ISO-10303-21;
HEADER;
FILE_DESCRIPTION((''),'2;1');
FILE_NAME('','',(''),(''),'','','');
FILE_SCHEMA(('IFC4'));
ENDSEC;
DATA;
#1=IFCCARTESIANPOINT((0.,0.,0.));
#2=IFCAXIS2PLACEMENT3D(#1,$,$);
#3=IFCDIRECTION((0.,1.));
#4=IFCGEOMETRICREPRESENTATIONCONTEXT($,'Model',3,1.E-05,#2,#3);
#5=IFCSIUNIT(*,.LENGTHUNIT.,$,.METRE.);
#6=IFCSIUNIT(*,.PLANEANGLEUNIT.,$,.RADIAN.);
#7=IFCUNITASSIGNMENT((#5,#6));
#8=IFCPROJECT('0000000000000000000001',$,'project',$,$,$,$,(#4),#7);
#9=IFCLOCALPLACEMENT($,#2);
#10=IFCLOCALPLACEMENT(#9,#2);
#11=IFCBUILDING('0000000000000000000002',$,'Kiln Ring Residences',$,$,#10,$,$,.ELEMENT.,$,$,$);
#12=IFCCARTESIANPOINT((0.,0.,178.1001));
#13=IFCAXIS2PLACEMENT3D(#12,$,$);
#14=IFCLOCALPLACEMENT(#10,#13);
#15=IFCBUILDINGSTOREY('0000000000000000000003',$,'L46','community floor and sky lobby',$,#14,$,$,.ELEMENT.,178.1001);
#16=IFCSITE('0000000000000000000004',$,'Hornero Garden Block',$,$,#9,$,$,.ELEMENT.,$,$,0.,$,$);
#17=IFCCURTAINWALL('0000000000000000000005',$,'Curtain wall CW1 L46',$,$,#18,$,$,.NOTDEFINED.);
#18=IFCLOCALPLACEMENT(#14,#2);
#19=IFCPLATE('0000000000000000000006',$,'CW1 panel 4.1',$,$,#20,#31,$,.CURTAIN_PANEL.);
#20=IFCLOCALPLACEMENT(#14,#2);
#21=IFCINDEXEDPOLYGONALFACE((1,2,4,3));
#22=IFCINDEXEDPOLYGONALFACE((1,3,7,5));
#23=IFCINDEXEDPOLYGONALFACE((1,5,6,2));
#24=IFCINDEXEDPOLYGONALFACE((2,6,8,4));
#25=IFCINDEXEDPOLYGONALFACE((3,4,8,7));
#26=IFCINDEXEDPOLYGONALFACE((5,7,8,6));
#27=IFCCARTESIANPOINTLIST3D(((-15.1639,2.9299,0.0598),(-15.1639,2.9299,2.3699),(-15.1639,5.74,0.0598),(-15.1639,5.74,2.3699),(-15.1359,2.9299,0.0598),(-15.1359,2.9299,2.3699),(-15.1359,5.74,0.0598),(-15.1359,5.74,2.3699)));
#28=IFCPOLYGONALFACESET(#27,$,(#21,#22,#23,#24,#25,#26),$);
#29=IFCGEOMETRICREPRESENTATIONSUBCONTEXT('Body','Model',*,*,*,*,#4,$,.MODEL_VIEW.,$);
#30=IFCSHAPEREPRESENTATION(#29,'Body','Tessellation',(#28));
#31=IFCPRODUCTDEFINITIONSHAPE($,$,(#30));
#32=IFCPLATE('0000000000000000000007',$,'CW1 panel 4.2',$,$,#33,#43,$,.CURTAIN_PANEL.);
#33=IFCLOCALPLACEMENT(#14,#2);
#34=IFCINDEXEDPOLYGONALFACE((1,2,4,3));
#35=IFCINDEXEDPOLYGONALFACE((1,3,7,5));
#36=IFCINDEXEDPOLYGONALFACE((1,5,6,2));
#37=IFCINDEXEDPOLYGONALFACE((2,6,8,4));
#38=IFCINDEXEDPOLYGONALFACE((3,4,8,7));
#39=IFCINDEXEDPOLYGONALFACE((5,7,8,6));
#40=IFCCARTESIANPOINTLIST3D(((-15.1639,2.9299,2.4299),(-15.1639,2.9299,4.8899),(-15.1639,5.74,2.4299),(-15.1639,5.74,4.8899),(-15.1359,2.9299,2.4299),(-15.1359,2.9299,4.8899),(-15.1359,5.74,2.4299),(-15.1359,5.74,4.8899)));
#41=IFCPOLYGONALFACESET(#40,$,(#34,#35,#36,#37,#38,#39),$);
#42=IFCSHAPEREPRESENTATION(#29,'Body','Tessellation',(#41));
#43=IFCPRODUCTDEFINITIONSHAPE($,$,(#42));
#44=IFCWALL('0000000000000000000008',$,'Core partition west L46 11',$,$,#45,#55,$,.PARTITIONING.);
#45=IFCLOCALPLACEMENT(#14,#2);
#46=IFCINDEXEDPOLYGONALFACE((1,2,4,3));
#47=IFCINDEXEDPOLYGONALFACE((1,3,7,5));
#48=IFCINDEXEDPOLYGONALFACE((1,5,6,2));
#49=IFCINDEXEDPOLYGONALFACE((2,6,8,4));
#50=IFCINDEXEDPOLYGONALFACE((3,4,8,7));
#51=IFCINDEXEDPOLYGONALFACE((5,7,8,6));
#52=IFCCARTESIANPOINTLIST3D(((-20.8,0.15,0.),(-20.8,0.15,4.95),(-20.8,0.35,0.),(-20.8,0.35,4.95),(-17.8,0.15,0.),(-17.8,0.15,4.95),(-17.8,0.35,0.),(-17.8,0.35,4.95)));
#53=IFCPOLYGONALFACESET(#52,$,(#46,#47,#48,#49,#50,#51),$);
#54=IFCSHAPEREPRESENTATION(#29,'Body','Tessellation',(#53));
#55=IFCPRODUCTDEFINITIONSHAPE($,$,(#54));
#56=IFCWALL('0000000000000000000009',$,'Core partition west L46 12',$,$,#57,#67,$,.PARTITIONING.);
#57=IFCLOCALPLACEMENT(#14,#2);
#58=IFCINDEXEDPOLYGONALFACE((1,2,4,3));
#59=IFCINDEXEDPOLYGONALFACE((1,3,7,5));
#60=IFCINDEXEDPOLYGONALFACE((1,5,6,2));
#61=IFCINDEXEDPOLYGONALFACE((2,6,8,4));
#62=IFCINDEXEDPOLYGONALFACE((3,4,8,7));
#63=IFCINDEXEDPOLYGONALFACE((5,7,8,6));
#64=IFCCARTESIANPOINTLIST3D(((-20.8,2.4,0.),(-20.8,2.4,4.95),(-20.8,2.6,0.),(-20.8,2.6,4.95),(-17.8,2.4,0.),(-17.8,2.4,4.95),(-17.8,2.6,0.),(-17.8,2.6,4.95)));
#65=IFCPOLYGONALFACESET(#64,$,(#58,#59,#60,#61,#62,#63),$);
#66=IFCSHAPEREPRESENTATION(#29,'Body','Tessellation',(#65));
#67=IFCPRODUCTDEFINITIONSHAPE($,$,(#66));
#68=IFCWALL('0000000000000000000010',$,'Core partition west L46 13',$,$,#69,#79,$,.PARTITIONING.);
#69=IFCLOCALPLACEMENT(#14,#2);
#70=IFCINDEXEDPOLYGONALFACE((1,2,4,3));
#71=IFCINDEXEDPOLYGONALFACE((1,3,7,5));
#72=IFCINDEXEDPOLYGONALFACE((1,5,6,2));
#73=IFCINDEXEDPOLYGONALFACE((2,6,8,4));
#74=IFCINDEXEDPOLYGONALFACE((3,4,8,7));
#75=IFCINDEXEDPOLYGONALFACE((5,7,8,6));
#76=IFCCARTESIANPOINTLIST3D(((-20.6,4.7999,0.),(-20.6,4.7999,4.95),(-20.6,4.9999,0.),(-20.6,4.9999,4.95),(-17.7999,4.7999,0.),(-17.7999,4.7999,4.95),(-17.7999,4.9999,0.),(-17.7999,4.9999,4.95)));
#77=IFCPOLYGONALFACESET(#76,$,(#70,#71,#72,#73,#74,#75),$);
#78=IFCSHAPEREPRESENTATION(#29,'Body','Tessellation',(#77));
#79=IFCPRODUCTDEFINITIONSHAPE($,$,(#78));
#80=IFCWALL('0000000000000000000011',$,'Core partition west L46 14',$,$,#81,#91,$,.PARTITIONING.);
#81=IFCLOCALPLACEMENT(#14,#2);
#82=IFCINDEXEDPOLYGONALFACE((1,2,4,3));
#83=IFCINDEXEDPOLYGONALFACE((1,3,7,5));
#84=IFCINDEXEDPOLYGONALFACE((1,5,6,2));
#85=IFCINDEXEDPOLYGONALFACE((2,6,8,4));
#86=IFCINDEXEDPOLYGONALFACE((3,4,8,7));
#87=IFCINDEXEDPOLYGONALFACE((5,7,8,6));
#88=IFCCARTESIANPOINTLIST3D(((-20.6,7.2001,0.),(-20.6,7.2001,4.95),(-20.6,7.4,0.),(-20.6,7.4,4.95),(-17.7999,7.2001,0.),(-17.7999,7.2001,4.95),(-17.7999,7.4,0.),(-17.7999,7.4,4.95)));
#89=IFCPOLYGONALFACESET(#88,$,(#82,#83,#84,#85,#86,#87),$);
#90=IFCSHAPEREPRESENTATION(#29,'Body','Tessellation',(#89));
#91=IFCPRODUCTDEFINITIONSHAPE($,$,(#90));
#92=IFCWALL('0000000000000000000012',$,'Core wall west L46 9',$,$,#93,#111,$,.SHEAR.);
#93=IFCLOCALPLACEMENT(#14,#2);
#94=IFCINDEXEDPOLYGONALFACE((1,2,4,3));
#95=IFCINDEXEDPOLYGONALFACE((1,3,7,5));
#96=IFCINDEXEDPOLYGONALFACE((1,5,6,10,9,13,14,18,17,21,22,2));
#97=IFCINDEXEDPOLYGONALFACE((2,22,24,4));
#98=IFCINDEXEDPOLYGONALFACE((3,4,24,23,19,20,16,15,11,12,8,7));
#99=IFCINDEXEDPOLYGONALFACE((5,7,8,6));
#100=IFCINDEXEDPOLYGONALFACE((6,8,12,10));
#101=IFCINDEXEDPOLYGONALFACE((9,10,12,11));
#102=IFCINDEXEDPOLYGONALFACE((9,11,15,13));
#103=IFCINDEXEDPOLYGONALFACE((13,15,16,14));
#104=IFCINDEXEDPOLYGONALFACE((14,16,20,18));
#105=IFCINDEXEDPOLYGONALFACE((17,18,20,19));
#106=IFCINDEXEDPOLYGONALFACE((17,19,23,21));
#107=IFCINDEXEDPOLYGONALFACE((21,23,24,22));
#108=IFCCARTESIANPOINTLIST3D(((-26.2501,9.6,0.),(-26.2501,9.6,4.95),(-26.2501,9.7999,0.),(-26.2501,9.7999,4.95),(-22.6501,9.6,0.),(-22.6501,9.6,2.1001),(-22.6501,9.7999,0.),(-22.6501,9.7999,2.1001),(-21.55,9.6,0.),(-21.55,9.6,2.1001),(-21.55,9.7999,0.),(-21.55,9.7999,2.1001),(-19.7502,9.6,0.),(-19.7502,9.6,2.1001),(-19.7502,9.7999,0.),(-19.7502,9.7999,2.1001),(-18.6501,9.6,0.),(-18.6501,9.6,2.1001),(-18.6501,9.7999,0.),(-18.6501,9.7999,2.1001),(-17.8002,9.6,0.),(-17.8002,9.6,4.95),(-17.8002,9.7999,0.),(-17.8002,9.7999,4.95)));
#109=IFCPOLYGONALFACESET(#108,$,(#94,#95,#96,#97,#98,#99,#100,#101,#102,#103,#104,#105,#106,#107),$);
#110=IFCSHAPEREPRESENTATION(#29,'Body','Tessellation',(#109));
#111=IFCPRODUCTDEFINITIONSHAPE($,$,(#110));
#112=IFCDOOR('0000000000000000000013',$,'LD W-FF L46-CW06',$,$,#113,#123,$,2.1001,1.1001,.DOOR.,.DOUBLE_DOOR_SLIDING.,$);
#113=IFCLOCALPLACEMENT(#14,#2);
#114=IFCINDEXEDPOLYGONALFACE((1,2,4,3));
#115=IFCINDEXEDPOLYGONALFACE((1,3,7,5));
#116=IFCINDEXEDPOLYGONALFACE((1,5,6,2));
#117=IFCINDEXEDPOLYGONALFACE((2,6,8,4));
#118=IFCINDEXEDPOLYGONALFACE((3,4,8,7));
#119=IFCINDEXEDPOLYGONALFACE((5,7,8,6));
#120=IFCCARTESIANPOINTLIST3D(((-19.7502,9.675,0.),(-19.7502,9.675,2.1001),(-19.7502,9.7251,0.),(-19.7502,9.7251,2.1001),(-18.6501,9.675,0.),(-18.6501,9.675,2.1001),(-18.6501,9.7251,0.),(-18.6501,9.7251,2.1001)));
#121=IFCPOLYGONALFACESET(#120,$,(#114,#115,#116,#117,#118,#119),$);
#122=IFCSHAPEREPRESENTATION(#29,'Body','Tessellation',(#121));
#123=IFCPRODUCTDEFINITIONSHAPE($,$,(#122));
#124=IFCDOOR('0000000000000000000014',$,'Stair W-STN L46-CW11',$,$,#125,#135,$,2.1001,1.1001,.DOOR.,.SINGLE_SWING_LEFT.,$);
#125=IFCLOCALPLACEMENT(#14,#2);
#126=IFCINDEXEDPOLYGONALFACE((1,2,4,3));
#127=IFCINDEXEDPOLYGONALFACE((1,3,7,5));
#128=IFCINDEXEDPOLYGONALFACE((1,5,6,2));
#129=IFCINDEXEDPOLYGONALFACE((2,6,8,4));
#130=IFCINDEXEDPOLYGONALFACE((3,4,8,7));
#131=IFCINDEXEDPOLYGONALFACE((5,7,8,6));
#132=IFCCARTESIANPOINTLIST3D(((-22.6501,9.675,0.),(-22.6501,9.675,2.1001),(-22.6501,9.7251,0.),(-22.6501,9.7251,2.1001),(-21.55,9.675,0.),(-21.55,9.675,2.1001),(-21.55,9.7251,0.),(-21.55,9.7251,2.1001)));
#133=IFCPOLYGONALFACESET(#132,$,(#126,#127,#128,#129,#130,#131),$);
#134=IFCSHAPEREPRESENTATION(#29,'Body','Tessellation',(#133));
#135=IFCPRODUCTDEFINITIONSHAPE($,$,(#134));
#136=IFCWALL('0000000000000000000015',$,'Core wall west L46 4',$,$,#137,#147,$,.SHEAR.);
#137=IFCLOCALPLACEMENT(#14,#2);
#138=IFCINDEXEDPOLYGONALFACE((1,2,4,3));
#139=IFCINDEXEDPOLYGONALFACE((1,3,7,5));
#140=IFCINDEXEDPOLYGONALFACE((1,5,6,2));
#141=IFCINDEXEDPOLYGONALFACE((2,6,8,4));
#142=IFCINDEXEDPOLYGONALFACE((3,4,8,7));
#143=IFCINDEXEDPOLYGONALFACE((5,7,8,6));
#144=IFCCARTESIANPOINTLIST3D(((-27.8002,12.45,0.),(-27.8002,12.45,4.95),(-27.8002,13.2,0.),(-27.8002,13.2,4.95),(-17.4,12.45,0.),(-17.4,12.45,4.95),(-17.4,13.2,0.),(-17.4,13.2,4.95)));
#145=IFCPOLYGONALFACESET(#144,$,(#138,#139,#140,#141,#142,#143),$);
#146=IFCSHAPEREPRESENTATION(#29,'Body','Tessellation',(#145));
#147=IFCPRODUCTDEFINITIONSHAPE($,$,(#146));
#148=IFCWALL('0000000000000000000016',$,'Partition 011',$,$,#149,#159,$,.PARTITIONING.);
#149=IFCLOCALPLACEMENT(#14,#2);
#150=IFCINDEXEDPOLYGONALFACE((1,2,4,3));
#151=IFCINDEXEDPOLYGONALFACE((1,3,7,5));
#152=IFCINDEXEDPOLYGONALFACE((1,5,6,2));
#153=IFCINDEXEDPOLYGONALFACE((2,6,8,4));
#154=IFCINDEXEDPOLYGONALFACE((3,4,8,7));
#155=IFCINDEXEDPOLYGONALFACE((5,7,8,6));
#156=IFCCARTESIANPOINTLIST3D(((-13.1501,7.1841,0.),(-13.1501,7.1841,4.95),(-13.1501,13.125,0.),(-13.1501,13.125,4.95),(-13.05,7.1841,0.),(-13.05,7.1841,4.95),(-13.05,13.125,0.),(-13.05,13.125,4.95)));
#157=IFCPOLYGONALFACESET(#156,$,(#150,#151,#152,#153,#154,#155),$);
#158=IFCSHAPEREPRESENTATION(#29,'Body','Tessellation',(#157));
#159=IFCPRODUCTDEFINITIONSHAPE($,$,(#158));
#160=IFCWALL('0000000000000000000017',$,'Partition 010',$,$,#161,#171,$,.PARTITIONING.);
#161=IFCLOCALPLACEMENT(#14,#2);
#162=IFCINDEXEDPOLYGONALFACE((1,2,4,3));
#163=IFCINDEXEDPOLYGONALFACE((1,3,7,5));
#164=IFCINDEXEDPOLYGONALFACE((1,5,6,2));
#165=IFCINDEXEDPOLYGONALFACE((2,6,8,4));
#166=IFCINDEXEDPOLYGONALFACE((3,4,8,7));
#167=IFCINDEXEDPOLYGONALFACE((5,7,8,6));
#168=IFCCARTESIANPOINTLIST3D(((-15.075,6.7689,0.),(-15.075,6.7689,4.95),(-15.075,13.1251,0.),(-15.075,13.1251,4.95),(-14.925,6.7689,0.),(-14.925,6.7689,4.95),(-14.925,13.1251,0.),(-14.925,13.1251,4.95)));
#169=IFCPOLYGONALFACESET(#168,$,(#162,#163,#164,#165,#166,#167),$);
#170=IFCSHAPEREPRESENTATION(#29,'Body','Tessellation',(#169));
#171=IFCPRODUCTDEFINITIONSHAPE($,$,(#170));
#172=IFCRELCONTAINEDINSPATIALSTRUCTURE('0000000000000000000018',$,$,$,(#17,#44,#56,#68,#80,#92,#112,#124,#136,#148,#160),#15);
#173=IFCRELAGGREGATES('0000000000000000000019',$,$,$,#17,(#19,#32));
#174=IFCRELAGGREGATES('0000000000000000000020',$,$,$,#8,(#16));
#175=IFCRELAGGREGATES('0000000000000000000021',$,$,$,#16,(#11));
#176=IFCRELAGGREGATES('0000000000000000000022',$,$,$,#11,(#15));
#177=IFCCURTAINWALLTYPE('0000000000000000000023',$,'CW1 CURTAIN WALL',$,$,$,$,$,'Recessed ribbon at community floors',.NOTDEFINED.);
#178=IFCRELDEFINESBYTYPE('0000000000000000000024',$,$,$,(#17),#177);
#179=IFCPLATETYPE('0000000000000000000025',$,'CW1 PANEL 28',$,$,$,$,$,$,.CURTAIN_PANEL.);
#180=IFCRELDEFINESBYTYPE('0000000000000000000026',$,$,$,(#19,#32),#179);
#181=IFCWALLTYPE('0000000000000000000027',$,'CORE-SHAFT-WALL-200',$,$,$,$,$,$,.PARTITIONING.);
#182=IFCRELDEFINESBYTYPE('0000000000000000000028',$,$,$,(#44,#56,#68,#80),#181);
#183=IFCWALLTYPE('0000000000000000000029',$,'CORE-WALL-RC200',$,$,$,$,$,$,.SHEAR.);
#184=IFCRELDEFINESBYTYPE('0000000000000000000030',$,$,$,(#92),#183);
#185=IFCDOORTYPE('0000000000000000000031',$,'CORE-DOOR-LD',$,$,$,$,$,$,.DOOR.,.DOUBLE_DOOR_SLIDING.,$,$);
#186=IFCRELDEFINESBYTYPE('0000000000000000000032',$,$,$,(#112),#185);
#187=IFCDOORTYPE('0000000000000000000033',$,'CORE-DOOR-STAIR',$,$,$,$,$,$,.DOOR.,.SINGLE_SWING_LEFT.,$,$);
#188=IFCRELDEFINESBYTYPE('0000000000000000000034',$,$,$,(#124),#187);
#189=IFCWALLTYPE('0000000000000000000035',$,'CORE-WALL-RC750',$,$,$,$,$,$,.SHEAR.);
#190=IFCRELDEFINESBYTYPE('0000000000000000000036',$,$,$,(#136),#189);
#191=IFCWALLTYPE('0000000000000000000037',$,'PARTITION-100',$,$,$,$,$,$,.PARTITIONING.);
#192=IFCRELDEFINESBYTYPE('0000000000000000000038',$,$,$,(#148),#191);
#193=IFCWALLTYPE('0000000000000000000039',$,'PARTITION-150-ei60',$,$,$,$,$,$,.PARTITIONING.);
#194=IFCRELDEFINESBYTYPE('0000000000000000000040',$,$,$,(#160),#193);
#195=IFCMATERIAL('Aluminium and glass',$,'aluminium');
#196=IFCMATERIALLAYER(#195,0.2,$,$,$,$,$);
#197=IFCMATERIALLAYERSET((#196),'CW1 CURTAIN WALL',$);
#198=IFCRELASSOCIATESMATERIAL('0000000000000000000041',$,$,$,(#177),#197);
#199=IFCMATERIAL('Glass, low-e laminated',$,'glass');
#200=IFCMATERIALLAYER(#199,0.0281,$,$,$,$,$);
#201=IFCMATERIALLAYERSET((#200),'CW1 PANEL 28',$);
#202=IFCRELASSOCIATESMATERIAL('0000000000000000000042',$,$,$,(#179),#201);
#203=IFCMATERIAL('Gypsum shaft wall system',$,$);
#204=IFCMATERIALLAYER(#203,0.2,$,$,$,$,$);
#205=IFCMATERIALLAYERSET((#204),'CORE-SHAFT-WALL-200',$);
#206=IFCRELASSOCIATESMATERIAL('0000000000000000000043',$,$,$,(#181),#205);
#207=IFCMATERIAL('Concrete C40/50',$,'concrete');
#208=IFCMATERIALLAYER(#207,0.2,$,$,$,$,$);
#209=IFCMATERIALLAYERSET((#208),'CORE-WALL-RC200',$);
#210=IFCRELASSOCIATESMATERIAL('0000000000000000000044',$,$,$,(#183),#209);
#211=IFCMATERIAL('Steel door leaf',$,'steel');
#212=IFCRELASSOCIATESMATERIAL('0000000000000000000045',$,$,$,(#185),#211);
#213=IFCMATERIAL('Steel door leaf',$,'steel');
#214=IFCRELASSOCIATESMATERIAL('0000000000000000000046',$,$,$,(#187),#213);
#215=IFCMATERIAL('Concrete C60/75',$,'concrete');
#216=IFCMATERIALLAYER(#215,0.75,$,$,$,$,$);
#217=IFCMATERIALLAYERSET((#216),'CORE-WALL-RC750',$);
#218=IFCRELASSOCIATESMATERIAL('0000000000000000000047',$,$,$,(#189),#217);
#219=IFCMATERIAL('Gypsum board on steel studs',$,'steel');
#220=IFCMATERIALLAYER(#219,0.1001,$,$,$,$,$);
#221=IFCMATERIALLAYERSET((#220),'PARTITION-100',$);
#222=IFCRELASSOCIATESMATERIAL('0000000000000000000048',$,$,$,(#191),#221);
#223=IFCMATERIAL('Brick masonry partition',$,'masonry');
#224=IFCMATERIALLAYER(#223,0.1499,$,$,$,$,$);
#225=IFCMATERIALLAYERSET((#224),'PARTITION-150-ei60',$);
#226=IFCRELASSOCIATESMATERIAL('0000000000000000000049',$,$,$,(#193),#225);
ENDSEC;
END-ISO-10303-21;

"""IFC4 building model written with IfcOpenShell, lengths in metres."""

from ifc_helpers import new_model, si_unit, direction, frame, frame_2d, origin, origin_2d, place, context, subcontext, project, spatial, rectangle, extrude, material, layer, layer_set, type_object, element, fill, aggregate, save


model = new_model("IFC4")

# Units and contexts
model_context = context("Model", 3, precision=1e-05, world=origin(), true_north=direction((0.0, 1.0)))
body_context = subcontext(model_context, "Body", "Model", "MODEL_VIEW")
ifc_project = project(units=[si_unit("LENGTHUNIT", "METRE"), si_unit("PLANEANGLEUNIT", "RADIAN")], contexts=[model_context])

# Site, building, storey
site_placement = place(None, origin())
site = spatial("IfcSite", under=ifc_project, at=site_placement, Name="Hornero Garden Block", CompositionType="ELEMENT", RefElevation=0.0)
building_placement = place(site_placement, origin())
building = spatial("IfcBuilding", under=site, at=building_placement, Name="Kiln Ring Residences", CompositionType="ELEMENT")
storey_placement = place(building_placement, frame((0.0, 0.0, 178.1001)))
storey = spatial("IfcBuildingStorey", under=building, at=storey_placement, Name="L46", Description="community floor and sky lobby", CompositionType="ELEMENT", Elevation=178.1001)

# Curtain wall
ifc_material_1 = material(Name="Aluminium and glass", Category="aluminium")
ifc_layer_1 = layer(ifc_material_1, 0.2)
ifc_layer_set_1 = layer_set([ifc_layer_1], Name="CW1 CURTAIN WALL")
curtain_wall_type = type_object("IfcCurtainWallType", Name="CW1 CURTAIN WALL", ElementType="Recessed ribbon at community floors", PredefinedType="NOTDEFINED", material=ifc_layer_set_1)
placement = place(storey_placement, origin())
curtain_wall_1 = element("IfcCurtainWall", 1, at=placement, inside=storey, type_object=curtain_wall_type, Name="Curtain wall CW1 L46", PredefinedType="NOTDEFINED")

# Plates
ifc_material_2 = material(Name="Glass, low-e laminated", Category="glass")
ifc_layer_2 = layer(ifc_material_2, 0.0281)
ifc_layer_set_2 = layer_set([ifc_layer_2], Name="CW1 PANEL 28")
plate_type = type_object("IfcPlateType", Name="CW1 PANEL 28", PredefinedType="CURTAIN_PANEL", material=ifc_layer_set_2)
plate_1_placement = place(storey_placement, frame((-15.1499, 4.335, 0.0598), z_axis=(0.0, 0.0, 1.0), x_axis=(0.0, 1.0, 0.0)))
plate_1 = element("IfcPlate", 2, at=plate_1_placement, type_object=plate_type, Name="CW1 panel 4.1", PredefinedType="CURTAIN_PANEL", context=body_context, shape_type="SweptSolid", body=[
    extrude(rectangle(XDim=2.8101, YDim=0.0281, at=origin_2d()), origin(), (0.0, 0.0, 1.0), 2.3101),
])
plate_2_placement = place(storey_placement, frame((-15.1499, 4.335, 2.4299), z_axis=(0.0, 0.0, 1.0), x_axis=(0.0, 1.0, 0.0)))
plate_2 = element("IfcPlate", 3, at=plate_2_placement, type_object=plate_type, Name="CW1 panel 4.2", PredefinedType="CURTAIN_PANEL", context=body_context, shape_type="SweptSolid", body=[
    extrude(rectangle(XDim=2.8101, YDim=0.0281, at=origin_2d()), origin(), (0.0, 0.0, 1.0), 2.46),
])
aggregate(curtain_wall_1, [plate_1, plate_2])

# Walls
ifc_material_3 = material(Name="Gypsum shaft wall system")
ifc_layer_3 = layer(ifc_material_3, 0.2)
ifc_layer_set_3 = layer_set([ifc_layer_3], Name="CORE-SHAFT-WALL-200")
wall_type_1 = type_object("IfcWallType", Name="CORE-SHAFT-WALL-200", PredefinedType="PARTITIONING", material=ifc_layer_set_3)
for number, where, z_axis, x_axis, name in (
    (4, (-17.8, 0.25, 0.0), (0.0, 0.0, 1.0), (-1.0, 0.0, 0.0), "Core partition west L46 11"),
    (5, (-17.8, 2.5, 0.0), (0.0, 0.0, 1.0), (-1.0, 0.0, 0.0), "Core partition west L46 12"),
):
    element("IfcWall", number, at=place(storey_placement, frame(where, z_axis=z_axis, x_axis=x_axis)), inside=storey, type_object=wall_type_1, Name=name, PredefinedType="PARTITIONING", context=body_context, shape_type="SweptSolid", body=[
        extrude(rectangle(XDim=3.0, YDim=0.2, at=frame_2d((1.5, 0.0))), origin(), (0.0, 0.0, 1.0), 4.95),
    ])
for number, where, z_axis, x_axis, name in (
    (6, (-17.8, 4.8999, 0.0), (0.0, 0.0, 1.0), (-1.0, 0.0, 0.0), "Core partition west L46 13"),
    (7, (-17.8, 7.3, 0.0), (0.0, 0.0, 1.0), (-1.0, 0.0, 0.0), "Core partition west L46 14"),
):
    element("IfcWall", number, at=place(storey_placement, frame(where, z_axis=z_axis, x_axis=x_axis)), inside=storey, type_object=wall_type_1, Name=name, PredefinedType="PARTITIONING", context=body_context, shape_type="SweptSolid", body=[
        extrude(rectangle(XDim=2.8, YDim=0.2, at=frame_2d((1.3999, 0.0))), origin(), (0.0, 0.0, 1.0), 4.95),
    ])

# Wall, openings, doors
ifc_material_4 = material(Name="Concrete C40/50", Category="concrete")
ifc_layer_4 = layer(ifc_material_4, 0.2)
ifc_layer_set_4 = layer_set([ifc_layer_4], Name="CORE-WALL-RC200")
wall_type_2 = type_object("IfcWallType", Name="CORE-WALL-RC200", PredefinedType="SHEAR", material=ifc_layer_set_4)
wall_1_placement = place(storey_placement, frame((-17.8, 9.7, 0.0), z_axis=(0.0, 0.0, 1.0), x_axis=(-1.0, 0.0, 0.0)))
wall_1 = element("IfcWall", 8, at=wall_1_placement, inside=storey, type_object=wall_type_2, Name="Core wall west L46 9", PredefinedType="SHEAR", context=body_context, shape_type="SweptSolid", body=[
    extrude(rectangle(XDim=8.45, YDim=0.2, at=frame_2d((4.2251, 0.0))), origin(), (0.0, 0.0, 1.0), 4.95),
])
opening_1_placement = place(wall_1_placement, frame((0.8501, 0.0, 0.0)))
opening_1 = element("IfcOpeningElement", 9, at=opening_1_placement, cuts=wall_1, PredefinedType="OPENING", context=body_context, shape_type="SweptSolid", body=[
    extrude(rectangle(XDim=1.1001, YDim=2.1001, at=frame_2d((0.55, 1.05))), frame((0.0, 0.1099, 0.0), z_axis=(0.0, -1.0, 0.0), x_axis=(1.0, 0.0, 0.0)), (0.0, 0.0, 1.0), 0.22),
])
opening_2_placement = place(wall_1_placement, frame((3.75, 0.0, 0.0)))
opening_2 = element("IfcOpeningElement", 10, at=opening_2_placement, cuts=wall_1, PredefinedType="OPENING", context=body_context, shape_type="SweptSolid", body=[
    extrude(rectangle(XDim=1.1001, YDim=2.1001, at=frame_2d((0.55, 1.05))), frame((0.0, 0.1099, 0.0), z_axis=(0.0, -1.0, 0.0), x_axis=(1.0, 0.0, 0.0)), (0.0, 0.0, 1.0), 0.22),
])
ifc_material_5 = material(Name="Steel door leaf", Category="steel")
door_type_1 = type_object("IfcDoorType", Name="CORE-DOOR-LD", OperationType="DOUBLE_DOOR_SLIDING", PredefinedType="DOOR", material=ifc_material_5)
door_1_placement = place(opening_1_placement, origin())
door_1 = element("IfcDoor", 11, at=door_1_placement, inside=storey, type_object=door_type_1, Name="LD W-FF L46-CW06", OperationType="DOUBLE_DOOR_SLIDING", OverallHeight=2.1001, OverallWidth=1.1001, PredefinedType="DOOR", context=body_context, shape_type="SweptSolid", body=[
    extrude(rectangle(XDim=1.1001, YDim=2.1001, at=frame_2d((0.55, 1.05))), frame((0.0, 0.0249, 0.0), z_axis=(0.0, -1.0, 0.0), x_axis=(1.0, 0.0, 0.0)), (0.0, 0.0, 1.0), 0.05),
])
fill(opening_1, door_1)
ifc_material_6 = material(Name="Steel door leaf", Category="steel")
door_type_2 = type_object("IfcDoorType", Name="CORE-DOOR-STAIR", OperationType="SINGLE_SWING_LEFT", PredefinedType="DOOR", material=ifc_material_6)
door_2_placement = place(opening_2_placement, origin())
door_2 = element("IfcDoor", 12, at=door_2_placement, inside=storey, type_object=door_type_2, Name="Stair W-STN L46-CW11", OperationType="SINGLE_SWING_LEFT", OverallHeight=2.1001, OverallWidth=1.1001, PredefinedType="DOOR", context=body_context, shape_type="SweptSolid", body=[
    extrude(rectangle(XDim=1.1001, YDim=2.1001, at=frame_2d((0.55, 1.05))), frame((0.0, 0.0249, 0.0), z_axis=(0.0, -1.0, 0.0), x_axis=(1.0, 0.0, 0.0)), (0.0, 0.0, 1.0), 0.05),
])
fill(opening_2, door_2)

# Walls
ifc_material_7 = material(Name="Concrete C60/75", Category="concrete")
ifc_layer_5 = layer(ifc_material_7, 0.75)
ifc_layer_set_5 = layer_set([ifc_layer_5], Name="CORE-WALL-RC750")
wall_type_3 = type_object("IfcWallType", Name="CORE-WALL-RC750", PredefinedType="SHEAR", material=ifc_layer_set_5)
wall_2_placement = place(storey_placement, frame((-17.3999, 12.825, 0.0), z_axis=(0.0, 0.0, 1.0), x_axis=(-1.0, 0.0, 0.0)))
element("IfcWall", 13, at=wall_2_placement, inside=storey, type_object=wall_type_3, Name="Core wall west L46 4", PredefinedType="SHEAR", context=body_context, shape_type="SweptSolid", body=[
    extrude(rectangle(XDim=10.4001, YDim=0.75, at=frame_2d((5.2002, 0.0))), origin(), (0.0, 0.0, 1.0), 4.95),
])
ifc_material_8 = material(Name="Gypsum board on steel studs", Category="steel")
ifc_layer_6 = layer(ifc_material_8, 0.1001)
ifc_layer_set_6 = layer_set([ifc_layer_6], Name="PARTITION-100")
wall_type_4 = type_object("IfcWallType", Name="PARTITION-100", PredefinedType="PARTITIONING", material=ifc_layer_set_6)
wall_3_placement = place(storey_placement, frame((-13.1001, 7.1841, 0.0), z_axis=(0.0, 0.0, 1.0), x_axis=(0.0, 1.0, 0.0)))
element("IfcWall", 14, at=wall_3_placement, inside=storey, type_object=wall_type_4, Name="Partition 011", PredefinedType="PARTITIONING", context=body_context, shape_type="SweptSolid", body=[
    extrude(rectangle(XDim=5.9409, YDim=0.1001, at=frame_2d((2.9705, 0.0))), origin(), (0.0, 0.0, 1.0), 4.95),
])
ifc_material_9 = material(Name="Brick masonry partition", Category="masonry")
ifc_layer_7 = layer(ifc_material_9, 0.1499)
ifc_layer_set_7 = layer_set([ifc_layer_7], Name="PARTITION-150-ei60")
wall_type_5 = type_object("IfcWallType", Name="PARTITION-150-ei60", PredefinedType="PARTITIONING", material=ifc_layer_set_7)
wall_4_placement = place(storey_placement, frame((-15.0, 6.7688, 0.0), z_axis=(0.0, 0.0, 1.0), x_axis=(0.0, 1.0, 0.0)))
element("IfcWall", 15, at=wall_4_placement, inside=storey, type_object=wall_type_5, Name="Partition 010", PredefinedType="PARTITIONING", context=body_context, shape_type="SweptSolid", body=[
    extrude(rectangle(XDim=6.3562, YDim=0.1499, at=frame_2d((3.1782, 0.0))), origin(), (0.0, 0.0, 1.0), 4.95),
])

save(model, "model.ifc")
